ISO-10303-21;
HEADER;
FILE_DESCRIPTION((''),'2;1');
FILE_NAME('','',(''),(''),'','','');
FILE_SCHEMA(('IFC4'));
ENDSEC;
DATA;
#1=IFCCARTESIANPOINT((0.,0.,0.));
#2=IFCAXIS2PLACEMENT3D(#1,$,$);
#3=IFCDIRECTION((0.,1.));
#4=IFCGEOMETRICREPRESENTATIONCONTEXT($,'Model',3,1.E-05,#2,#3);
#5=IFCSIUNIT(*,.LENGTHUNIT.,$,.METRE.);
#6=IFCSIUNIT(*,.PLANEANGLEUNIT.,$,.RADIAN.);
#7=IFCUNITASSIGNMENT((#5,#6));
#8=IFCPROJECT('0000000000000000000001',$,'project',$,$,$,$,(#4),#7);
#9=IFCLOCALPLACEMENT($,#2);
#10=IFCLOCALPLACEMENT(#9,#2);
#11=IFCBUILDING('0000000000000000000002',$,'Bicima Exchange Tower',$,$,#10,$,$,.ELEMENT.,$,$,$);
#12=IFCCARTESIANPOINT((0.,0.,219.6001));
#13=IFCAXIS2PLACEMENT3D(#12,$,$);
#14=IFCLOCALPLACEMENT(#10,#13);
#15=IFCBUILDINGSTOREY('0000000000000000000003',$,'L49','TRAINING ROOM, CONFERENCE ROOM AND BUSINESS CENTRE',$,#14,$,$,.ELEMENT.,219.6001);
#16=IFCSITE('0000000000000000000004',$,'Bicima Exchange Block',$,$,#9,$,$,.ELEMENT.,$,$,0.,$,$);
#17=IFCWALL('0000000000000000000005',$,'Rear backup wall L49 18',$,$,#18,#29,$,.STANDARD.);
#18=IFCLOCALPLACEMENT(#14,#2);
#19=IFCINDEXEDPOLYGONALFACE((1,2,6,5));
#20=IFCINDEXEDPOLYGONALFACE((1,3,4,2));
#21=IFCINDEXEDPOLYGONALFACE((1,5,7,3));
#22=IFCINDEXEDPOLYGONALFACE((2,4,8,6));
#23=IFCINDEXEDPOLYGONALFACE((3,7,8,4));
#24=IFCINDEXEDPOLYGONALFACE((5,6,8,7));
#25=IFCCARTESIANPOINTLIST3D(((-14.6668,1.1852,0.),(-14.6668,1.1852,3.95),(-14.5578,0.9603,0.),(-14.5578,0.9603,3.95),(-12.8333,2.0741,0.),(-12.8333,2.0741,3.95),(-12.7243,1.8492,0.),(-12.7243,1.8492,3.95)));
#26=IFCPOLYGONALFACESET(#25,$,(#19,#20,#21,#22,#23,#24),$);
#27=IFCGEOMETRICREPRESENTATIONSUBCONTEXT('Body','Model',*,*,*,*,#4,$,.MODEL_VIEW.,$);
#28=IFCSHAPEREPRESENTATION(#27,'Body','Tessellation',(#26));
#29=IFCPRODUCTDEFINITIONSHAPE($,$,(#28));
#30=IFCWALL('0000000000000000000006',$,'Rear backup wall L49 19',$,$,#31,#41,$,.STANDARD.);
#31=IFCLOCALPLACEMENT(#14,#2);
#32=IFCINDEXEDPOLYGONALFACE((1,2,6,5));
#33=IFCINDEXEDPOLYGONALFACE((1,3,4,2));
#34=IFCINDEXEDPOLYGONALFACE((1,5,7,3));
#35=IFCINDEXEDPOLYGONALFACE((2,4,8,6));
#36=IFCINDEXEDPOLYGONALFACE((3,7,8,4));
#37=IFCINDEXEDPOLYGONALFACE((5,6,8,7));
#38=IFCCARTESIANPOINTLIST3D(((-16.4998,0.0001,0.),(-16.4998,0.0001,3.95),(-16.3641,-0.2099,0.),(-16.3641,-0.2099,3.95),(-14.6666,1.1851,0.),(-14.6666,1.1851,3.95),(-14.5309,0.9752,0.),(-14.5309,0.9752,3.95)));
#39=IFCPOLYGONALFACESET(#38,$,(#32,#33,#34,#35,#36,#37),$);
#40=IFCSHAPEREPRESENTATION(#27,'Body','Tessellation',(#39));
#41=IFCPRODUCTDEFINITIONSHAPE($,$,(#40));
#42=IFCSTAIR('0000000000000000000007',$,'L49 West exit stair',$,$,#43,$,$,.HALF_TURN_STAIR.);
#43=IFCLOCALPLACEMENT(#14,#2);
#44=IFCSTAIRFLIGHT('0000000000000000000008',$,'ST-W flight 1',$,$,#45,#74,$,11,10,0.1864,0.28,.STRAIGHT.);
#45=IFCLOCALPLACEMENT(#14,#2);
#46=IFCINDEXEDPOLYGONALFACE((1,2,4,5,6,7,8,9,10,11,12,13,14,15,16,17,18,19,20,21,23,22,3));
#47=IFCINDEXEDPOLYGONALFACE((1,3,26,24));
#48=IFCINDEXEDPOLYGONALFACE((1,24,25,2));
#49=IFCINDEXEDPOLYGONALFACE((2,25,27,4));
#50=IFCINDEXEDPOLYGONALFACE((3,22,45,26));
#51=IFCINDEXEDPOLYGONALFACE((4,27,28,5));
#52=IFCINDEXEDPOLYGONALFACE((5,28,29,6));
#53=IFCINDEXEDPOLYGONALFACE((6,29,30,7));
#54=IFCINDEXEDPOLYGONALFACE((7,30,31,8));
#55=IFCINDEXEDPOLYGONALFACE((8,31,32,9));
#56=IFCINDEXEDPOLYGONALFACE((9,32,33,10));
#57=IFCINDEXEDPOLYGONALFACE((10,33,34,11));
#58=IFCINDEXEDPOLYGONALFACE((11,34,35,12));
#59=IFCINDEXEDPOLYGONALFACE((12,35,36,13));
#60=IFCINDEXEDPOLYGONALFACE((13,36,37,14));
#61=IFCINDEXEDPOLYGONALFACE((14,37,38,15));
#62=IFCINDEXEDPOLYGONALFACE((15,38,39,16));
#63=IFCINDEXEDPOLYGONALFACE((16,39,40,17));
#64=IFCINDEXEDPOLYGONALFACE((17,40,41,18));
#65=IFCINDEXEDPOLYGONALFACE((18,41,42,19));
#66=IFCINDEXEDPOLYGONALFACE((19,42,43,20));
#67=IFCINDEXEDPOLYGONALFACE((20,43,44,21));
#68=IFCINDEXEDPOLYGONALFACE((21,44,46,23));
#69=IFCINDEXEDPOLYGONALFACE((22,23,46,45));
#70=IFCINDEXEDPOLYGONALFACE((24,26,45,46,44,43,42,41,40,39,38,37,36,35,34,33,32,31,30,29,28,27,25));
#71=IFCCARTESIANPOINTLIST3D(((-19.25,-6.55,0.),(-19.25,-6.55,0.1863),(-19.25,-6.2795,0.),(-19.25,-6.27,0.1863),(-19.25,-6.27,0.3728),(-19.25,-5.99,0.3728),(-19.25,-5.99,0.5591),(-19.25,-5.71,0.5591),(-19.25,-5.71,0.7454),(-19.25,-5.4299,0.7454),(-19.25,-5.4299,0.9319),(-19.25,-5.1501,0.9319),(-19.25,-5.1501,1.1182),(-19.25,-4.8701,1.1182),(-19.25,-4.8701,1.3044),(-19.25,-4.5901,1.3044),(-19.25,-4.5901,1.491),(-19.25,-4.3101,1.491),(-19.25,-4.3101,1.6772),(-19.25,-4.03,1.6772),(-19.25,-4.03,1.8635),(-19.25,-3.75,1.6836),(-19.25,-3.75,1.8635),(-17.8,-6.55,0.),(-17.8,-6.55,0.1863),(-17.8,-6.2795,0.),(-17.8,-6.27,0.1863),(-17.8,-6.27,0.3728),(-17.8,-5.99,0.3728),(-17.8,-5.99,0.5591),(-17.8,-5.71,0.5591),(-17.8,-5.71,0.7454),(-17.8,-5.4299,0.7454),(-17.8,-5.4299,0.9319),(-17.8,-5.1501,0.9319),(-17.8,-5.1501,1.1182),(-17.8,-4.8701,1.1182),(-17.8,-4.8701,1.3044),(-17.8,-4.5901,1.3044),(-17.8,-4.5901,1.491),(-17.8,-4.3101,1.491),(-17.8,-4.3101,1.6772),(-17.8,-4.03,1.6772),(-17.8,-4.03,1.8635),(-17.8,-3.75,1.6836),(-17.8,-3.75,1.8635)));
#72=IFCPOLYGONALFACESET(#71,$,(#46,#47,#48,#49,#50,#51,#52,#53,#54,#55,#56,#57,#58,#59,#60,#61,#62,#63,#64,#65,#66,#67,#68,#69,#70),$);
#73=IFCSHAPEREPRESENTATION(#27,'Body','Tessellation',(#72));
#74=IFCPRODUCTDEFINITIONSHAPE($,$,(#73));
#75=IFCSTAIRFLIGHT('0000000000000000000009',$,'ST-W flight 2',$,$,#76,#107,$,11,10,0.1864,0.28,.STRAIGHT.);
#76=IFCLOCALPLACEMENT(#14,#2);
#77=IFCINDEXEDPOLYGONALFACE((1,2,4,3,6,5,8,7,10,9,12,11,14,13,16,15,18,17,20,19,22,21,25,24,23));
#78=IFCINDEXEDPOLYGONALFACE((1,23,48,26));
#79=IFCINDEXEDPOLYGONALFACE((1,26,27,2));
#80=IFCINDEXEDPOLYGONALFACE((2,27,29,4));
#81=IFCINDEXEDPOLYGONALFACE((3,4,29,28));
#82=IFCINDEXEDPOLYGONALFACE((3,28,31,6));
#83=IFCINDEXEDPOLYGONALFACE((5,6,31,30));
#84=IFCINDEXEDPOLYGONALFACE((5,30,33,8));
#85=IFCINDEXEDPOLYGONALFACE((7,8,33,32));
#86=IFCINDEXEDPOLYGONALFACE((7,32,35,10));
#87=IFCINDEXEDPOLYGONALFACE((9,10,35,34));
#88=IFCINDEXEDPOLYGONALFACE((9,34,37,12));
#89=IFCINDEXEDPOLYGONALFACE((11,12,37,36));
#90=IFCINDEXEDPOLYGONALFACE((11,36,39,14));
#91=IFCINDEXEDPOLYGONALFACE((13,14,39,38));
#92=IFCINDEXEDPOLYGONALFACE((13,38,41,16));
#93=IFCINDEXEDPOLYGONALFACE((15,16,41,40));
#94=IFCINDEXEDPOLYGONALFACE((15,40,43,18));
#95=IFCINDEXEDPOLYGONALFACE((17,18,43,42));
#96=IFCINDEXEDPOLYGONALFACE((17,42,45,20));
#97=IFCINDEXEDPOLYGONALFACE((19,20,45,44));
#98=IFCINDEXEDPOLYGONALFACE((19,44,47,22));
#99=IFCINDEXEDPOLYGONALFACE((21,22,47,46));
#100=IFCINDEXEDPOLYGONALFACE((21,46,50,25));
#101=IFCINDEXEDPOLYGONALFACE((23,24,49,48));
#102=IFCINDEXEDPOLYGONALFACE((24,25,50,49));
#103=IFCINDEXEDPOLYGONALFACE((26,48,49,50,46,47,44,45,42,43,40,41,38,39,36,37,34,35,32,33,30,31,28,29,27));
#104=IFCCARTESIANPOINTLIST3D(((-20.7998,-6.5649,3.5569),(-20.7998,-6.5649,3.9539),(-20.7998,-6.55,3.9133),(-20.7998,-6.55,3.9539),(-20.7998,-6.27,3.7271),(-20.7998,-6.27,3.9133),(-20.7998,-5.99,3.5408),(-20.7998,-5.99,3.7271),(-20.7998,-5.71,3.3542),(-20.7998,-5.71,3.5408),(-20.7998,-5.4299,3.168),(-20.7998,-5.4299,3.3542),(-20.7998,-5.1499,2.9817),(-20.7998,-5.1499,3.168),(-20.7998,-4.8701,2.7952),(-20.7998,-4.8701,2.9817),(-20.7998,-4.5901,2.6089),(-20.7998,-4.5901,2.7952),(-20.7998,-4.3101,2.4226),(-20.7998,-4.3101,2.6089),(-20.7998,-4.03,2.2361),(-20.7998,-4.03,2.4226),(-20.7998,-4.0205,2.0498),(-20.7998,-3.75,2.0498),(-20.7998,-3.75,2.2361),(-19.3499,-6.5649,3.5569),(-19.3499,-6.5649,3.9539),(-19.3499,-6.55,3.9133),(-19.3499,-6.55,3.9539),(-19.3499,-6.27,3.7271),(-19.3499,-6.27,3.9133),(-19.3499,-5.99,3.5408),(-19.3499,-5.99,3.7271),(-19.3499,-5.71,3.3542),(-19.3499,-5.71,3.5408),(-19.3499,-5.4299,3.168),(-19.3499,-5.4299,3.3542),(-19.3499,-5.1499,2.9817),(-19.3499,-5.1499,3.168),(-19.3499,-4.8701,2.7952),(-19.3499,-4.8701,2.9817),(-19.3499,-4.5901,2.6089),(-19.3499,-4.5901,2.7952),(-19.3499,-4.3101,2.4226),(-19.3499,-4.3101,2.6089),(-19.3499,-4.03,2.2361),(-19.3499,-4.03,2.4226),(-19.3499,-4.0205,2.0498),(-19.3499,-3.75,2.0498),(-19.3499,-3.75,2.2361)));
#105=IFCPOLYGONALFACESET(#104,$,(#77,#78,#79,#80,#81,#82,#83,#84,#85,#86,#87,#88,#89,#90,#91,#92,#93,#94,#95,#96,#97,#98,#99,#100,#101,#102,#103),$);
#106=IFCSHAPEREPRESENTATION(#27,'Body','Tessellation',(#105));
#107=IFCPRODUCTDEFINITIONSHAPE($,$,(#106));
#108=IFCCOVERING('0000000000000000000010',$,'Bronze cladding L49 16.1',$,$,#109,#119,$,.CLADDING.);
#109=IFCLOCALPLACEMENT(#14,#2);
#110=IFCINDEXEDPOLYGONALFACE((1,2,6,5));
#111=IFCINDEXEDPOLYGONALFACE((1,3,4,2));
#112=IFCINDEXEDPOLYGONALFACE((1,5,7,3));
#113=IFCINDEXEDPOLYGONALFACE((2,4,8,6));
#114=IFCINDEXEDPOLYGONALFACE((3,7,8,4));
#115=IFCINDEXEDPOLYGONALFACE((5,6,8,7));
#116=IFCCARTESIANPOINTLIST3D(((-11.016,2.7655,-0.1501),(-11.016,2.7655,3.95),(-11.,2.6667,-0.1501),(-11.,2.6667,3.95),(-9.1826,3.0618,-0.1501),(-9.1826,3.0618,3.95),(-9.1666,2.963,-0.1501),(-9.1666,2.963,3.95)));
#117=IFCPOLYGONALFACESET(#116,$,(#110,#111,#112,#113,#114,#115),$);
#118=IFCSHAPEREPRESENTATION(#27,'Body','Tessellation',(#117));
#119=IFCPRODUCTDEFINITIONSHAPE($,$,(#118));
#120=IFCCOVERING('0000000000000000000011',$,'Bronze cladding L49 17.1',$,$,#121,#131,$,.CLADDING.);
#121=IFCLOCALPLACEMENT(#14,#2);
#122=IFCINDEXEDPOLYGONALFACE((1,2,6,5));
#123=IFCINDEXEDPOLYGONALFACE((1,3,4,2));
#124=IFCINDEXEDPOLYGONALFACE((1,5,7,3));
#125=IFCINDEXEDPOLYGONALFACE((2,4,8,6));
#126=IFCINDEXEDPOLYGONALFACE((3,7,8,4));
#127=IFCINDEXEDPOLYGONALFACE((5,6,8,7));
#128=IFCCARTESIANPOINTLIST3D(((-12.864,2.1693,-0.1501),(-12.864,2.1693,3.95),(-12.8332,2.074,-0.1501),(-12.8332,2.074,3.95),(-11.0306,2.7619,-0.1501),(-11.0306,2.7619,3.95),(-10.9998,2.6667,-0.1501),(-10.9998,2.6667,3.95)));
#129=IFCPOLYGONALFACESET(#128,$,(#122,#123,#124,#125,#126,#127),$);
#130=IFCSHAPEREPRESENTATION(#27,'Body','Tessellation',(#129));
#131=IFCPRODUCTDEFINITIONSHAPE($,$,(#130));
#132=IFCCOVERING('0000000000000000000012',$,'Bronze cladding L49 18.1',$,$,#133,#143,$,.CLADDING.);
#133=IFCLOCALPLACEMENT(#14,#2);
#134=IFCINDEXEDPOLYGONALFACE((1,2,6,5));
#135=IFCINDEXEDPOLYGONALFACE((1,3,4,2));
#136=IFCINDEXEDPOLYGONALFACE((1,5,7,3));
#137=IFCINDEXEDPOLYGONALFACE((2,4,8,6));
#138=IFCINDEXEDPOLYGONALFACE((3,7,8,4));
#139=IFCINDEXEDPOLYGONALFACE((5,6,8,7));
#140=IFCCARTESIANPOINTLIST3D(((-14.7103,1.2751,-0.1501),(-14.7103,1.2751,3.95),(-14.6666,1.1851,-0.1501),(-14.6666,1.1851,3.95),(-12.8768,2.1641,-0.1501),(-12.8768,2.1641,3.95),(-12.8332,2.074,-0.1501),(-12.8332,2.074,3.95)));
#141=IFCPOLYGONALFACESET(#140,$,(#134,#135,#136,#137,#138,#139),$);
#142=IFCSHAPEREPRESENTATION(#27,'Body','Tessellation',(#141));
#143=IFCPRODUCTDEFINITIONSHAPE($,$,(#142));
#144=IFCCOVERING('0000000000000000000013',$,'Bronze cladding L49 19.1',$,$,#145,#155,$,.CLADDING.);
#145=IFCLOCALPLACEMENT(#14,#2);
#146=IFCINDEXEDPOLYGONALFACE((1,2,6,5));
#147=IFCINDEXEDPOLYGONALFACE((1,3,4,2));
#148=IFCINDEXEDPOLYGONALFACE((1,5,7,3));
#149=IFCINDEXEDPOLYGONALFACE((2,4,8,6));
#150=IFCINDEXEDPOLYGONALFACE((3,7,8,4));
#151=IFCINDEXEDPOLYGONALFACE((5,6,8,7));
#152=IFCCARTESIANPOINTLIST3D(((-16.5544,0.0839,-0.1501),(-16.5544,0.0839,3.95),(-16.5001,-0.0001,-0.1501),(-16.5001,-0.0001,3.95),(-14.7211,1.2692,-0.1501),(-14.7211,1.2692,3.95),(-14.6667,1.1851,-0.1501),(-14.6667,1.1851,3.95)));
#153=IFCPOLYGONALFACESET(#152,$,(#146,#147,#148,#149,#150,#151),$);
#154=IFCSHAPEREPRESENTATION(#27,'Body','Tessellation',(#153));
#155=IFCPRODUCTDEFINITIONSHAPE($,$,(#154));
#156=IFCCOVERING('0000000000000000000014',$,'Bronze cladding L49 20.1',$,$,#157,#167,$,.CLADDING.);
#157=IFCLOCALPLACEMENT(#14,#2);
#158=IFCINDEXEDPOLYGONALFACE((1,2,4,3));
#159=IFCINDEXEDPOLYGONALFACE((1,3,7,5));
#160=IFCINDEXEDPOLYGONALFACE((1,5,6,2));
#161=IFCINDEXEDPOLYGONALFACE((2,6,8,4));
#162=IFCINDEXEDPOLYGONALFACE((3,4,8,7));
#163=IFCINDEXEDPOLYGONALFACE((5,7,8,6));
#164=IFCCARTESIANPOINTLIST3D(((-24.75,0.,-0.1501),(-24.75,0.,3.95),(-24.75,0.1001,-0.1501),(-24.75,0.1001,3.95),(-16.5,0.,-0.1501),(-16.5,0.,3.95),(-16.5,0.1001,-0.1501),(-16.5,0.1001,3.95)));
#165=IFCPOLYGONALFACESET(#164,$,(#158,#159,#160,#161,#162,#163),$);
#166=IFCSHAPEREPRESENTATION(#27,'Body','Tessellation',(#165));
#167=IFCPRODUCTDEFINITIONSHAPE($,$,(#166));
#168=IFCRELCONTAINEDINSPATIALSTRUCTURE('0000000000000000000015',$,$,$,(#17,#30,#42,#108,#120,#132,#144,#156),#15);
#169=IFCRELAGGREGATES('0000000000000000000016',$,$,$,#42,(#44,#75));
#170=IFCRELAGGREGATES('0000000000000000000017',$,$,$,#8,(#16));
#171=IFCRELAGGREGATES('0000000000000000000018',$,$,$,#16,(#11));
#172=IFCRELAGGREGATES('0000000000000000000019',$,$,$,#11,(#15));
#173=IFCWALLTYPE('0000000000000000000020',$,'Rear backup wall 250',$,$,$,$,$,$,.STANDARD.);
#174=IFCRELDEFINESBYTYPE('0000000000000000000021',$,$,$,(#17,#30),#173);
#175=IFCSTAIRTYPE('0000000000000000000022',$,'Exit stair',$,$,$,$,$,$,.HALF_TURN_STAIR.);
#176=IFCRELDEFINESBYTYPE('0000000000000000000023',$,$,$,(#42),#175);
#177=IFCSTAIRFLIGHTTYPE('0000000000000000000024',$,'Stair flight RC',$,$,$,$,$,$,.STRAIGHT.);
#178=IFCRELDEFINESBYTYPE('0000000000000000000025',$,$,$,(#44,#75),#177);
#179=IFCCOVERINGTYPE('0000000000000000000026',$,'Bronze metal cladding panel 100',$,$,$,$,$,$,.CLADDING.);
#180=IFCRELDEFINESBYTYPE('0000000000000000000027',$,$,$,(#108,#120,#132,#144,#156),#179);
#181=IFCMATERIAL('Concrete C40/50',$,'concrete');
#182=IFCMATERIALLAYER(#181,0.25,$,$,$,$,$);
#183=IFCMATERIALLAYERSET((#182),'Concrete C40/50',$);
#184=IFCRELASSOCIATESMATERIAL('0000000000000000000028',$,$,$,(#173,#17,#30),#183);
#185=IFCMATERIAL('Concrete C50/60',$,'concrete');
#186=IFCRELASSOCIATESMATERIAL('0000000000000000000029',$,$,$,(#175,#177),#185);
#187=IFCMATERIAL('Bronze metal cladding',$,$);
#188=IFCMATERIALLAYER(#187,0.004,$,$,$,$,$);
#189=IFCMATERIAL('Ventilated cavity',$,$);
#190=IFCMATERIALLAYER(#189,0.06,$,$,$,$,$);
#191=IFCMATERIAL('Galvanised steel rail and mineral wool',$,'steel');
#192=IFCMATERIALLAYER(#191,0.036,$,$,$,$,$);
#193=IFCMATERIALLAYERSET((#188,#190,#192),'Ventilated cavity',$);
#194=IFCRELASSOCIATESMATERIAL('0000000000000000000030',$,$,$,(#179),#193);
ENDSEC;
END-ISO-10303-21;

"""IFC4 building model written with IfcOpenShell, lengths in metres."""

from ifc_helpers import new_model, si_unit, direction, frame, frame_2d, origin, origin_2d, place, context, subcontext, project, spatial, polyline, rectangle, outline, extrude, material, layer, layer_set, layer_usage, type_object, element, aggregate, save


model = new_model("IFC4")

# Units and contexts
model_context = context("Model", 3, precision=1e-05, world=origin(), true_north=direction((0.0, 1.0)))
body_context = subcontext(model_context, "Body", "Model", "MODEL_VIEW")
ifc_project = project(units=[si_unit("LENGTHUNIT", "METRE"), si_unit("PLANEANGLEUNIT", "RADIAN")], contexts=[model_context])

# Site, building, storey
site_placement = place(None, origin())
site = spatial("IfcSite", under=ifc_project, at=site_placement, Name="Bicima Exchange Block", CompositionType="ELEMENT", RefElevation=0.0)
building_placement = place(site_placement, origin())
building = spatial("IfcBuilding", under=site, at=building_placement, Name="Bicima Exchange Tower", CompositionType="ELEMENT")
storey_placement = place(building_placement, frame((0.0, 0.0, 219.6001)))
storey = spatial("IfcBuildingStorey", under=building, at=storey_placement, Name="L49", Description="TRAINING ROOM, CONFERENCE ROOM AND BUSINESS CENTRE", CompositionType="ELEMENT", Elevation=219.6001)

# Shared definitions
ifc_material_1 = material(Name="Concrete C50/60", Category="concrete")

# Walls
ifc_material_2 = material(Name="Concrete C40/50", Category="concrete")
ifc_layer_1 = layer(ifc_material_2, 0.25)
ifc_layer_set_1 = layer_set([ifc_layer_1], Name="Concrete C40/50")
ifc_layer_usage = layer_usage(ifc_layer_set_1, "AXIS2", "POSITIVE", -0.125)
wall_type_1 = type_object("IfcWallType", Name="Rear backup wall 250", PredefinedType="STANDARD", material=ifc_layer_set_1)
wall_1_placement = place(storey_placement, frame((-12.7788, 1.9617, 0.0), z_axis=(0.0, 0.0, 1.0), x_axis=(-0.899824, -0.436253, 0.0)))
element("IfcWall", 1, at=wall_1_placement, inside=storey, type_object=wall_type_1, material=ifc_layer_usage, Name="Rear backup wall L49 18", PredefinedType="STANDARD", context=body_context, shape_type="SweptSolid", body=[
    extrude(rectangle(XDim=2.0376, YDim=0.25, at=frame_2d((1.0188, 0.0))), origin(), (0.0, 0.0, 1.0), 3.95),
])
wall_2_placement = place(storey_placement, frame((-14.5989, 1.0801, 0.0), z_axis=(0.0, 0.0, 1.0), x_axis=(-0.839813, -0.542876, 0.0)))
element("IfcWall", 2, at=wall_2_placement, inside=storey, type_object=wall_type_1, material=ifc_layer_usage, Name="Rear backup wall L49 19", PredefinedType="STANDARD", context=body_context, shape_type="SweptSolid", body=[
    extrude(rectangle(XDim=2.1829, YDim=0.25, at=frame_2d((1.0913, 0.0))), origin(), (0.0, 0.0, 1.0), 3.95),
])

# Stair, stair flights
stair_type = type_object("IfcStairType", Name="Exit stair", PredefinedType="HALF_TURN_STAIR", material=ifc_material_1)
stair_placement = place(storey_placement, origin())
stair = element("IfcStair", 3, at=stair_placement, inside=storey, type_object=stair_type, Name="L49 West exit stair", PredefinedType="HALF_TURN_STAIR")
stair_flight_type = type_object("IfcStairFlightType", Name="Stair flight RC", PredefinedType="STRAIGHT", material=ifc_material_1)
stair_flight_1_placement = place(storey_placement, frame((-18.5249, -6.55, 0.0), z_axis=(0.0, 0.0, 1.0), x_axis=(0.0, 1.0, 0.0)))
stair_flight_1 = element("IfcStairFlight", 4, at=stair_flight_1_placement, type_object=stair_flight_type, Name="ST-W flight 1", NumberOfRisers=11, NumberOfTreads=10, PredefinedType="STRAIGHT", RiserHeight=0.1864, TreadLength=0.28, context=body_context, shape_type="SweptSolid", body=[
    extrude(outline(polyline([(0.0, 0.0), (0.0, 0.1863), (0.28, 0.1863), (0.28, 0.3728), (0.5601, 0.3728), (0.5601, 0.5591), (0.8401, 0.5591), (0.8401, 0.7454), (1.1201, 0.7454), (1.1201, 0.9319), (1.3999, 0.9319), (1.3999, 1.1182), (1.6799, 1.1182), (1.6799, 1.3044), (1.96, 1.3044), (1.96, 1.491), (2.24, 1.491), (2.24, 1.6772), (2.52, 1.6772), (2.52, 1.8635), (2.8, 1.8635), (2.8, 2.05), (2.8, 1.6836), (0.2705, 0.0), (0.0, 0.0)])), frame((0.0, 0.7251, 0.0), z_axis=(0.0, -1.0, 0.0), x_axis=(1.0, 0.0, 0.0)), (0.0, 0.0, 1.0), 1.45),
])
stair_flight_2_placement = place(storey_placement, frame((-20.075, -3.75, 2.0498), z_axis=(0.0, 0.0, 1.0), x_axis=(0.0, -1.0, 0.0)))
stair_flight_2 = element("IfcStairFlight", 5, at=stair_flight_2_placement, type_object=stair_flight_type, Name="ST-W flight 2", NumberOfRisers=11, NumberOfTreads=10, PredefinedType="STRAIGHT", RiserHeight=0.1864, TreadLength=0.28, context=body_context, shape_type="SweptSolid", body=[
    extrude(outline(polyline([(0.0, 0.0), (0.0, 0.1863), (0.28, 0.1863), (0.28, 0.3728), (0.5601, 0.3728), (0.5601, 0.5591), (0.8401, 0.5591), (0.8401, 0.7454), (1.1201, 0.7454), (1.1201, 0.9319), (1.3999, 0.9319), (1.3999, 1.1182), (1.6799, 1.1182), (1.6799, 1.3044), (1.96, 1.3044), (1.96, 1.491), (2.24, 1.491), (2.24, 1.6772), (2.52, 1.6772), (2.52, 1.8635), (2.8, 1.8635), (2.8, 1.9041), (2.8149, 1.9041), (2.8149, 1.5071), (0.2705, 0.0), (0.0, 0.0)])), frame((0.0, 0.7251, 0.0), z_axis=(0.0, -1.0, 0.0), x_axis=(1.0, 0.0, 0.0)), (0.0, 0.0, 1.0), 1.45),
])
aggregate(stair, [stair_flight_1, stair_flight_2])

# Coverings
ifc_material_3 = material(Name="Bronze metal cladding")
ifc_layer_2 = layer(ifc_material_3, 0.004)
ifc_material_4 = material(Name="Ventilated cavity")
ifc_layer_3 = layer(ifc_material_4, 0.06)
ifc_material_5 = material(Name="Galvanised steel rail and mineral wool", Category="steel")
ifc_layer_4 = layer(ifc_material_5, 0.036)
ifc_layer_set_2 = layer_set([ifc_layer_2, ifc_layer_3, ifc_layer_4], Name="Ventilated cavity")
covering_type = type_object("IfcCoveringType", Name="Bronze metal cladding panel 100", PredefinedType="CLADDING", material=ifc_layer_set_2)
covering_1_placement = place(storey_placement, frame((-10.0913, 2.8643, -0.1501), z_axis=(0.0, 0.0, 1.0), x_axis=(-0.98719, -0.15955, 0.0)))
element("IfcCovering", 6, at=covering_1_placement, inside=storey, type_object=covering_type, Name="Bronze cladding L49 16.1", PredefinedType="CLADDING", context=body_context, shape_type="SweptSolid", body=[
    extrude(rectangle(XDim=1.8572, YDim=0.1001, at=origin_2d()), origin(), (0.0, 0.0, 1.0), 4.1001),
])
covering_2_placement = place(storey_placement, frame((-11.9319, 2.418, -0.1501), z_axis=(0.0, 0.0, 1.0), x_axis=(-0.951525, -0.307573, 0.0)))
element("IfcCovering", 7, at=covering_2_placement, inside=storey, type_object=covering_type, Name="Bronze cladding L49 17.1", PredefinedType="CLADDING", context=body_context, shape_type="SweptSolid", body=[
    extrude(rectangle(XDim=1.9268, YDim=0.1001, at=origin_2d()), origin(), (0.0, 0.0, 1.0), 4.1001),
])
covering_3_placement = place(storey_placement, frame((-13.7717, 1.6746, -0.1501), z_axis=(0.0, 0.0, 1.0), x_axis=(-0.899818, -0.436265, 0.0)))
element("IfcCovering", 8, at=covering_3_placement, inside=storey, type_object=covering_type, Name="Bronze cladding L49 18.1", PredefinedType="CLADDING", context=body_context, shape_type="SweptSolid", body=[
    extrude(rectangle(XDim=2.0376, YDim=0.1001, at=origin_2d()), origin(), (0.0, 0.0, 1.0), 4.1001),
])
covering_4_placement = place(storey_placement, frame((-15.6106, 0.6345, -0.1501), z_axis=(0.0, 0.0, 1.0), x_axis=(-0.83979, -0.542911, 0.0)))
element("IfcCovering", 9, at=covering_4_placement, inside=storey, type_object=covering_type, Name="Bronze cladding L49 19.1", PredefinedType="CLADDING", context=body_context, shape_type="SweptSolid", body=[
    extrude(rectangle(XDim=2.1831, YDim=0.1001, at=origin_2d()), origin(), (0.0, 0.0, 1.0), 4.1001),
])
covering_5_placement = place(storey_placement, frame((-20.625, 0.05, -0.1501), z_axis=(0.0, 0.0, 1.0), x_axis=(-1.0, 0.0, 0.0)))
element("IfcCovering", 10, at=covering_5_placement, inside=storey, type_object=covering_type, Name="Bronze cladding L49 20.1", PredefinedType="CLADDING", context=body_context, shape_type="SweptSolid", body=[
    extrude(rectangle(XDim=8.25, YDim=0.1001, at=origin_2d()), origin(), (0.0, 0.0, 1.0), 4.1001),
])

save(model, "model.ifc")
